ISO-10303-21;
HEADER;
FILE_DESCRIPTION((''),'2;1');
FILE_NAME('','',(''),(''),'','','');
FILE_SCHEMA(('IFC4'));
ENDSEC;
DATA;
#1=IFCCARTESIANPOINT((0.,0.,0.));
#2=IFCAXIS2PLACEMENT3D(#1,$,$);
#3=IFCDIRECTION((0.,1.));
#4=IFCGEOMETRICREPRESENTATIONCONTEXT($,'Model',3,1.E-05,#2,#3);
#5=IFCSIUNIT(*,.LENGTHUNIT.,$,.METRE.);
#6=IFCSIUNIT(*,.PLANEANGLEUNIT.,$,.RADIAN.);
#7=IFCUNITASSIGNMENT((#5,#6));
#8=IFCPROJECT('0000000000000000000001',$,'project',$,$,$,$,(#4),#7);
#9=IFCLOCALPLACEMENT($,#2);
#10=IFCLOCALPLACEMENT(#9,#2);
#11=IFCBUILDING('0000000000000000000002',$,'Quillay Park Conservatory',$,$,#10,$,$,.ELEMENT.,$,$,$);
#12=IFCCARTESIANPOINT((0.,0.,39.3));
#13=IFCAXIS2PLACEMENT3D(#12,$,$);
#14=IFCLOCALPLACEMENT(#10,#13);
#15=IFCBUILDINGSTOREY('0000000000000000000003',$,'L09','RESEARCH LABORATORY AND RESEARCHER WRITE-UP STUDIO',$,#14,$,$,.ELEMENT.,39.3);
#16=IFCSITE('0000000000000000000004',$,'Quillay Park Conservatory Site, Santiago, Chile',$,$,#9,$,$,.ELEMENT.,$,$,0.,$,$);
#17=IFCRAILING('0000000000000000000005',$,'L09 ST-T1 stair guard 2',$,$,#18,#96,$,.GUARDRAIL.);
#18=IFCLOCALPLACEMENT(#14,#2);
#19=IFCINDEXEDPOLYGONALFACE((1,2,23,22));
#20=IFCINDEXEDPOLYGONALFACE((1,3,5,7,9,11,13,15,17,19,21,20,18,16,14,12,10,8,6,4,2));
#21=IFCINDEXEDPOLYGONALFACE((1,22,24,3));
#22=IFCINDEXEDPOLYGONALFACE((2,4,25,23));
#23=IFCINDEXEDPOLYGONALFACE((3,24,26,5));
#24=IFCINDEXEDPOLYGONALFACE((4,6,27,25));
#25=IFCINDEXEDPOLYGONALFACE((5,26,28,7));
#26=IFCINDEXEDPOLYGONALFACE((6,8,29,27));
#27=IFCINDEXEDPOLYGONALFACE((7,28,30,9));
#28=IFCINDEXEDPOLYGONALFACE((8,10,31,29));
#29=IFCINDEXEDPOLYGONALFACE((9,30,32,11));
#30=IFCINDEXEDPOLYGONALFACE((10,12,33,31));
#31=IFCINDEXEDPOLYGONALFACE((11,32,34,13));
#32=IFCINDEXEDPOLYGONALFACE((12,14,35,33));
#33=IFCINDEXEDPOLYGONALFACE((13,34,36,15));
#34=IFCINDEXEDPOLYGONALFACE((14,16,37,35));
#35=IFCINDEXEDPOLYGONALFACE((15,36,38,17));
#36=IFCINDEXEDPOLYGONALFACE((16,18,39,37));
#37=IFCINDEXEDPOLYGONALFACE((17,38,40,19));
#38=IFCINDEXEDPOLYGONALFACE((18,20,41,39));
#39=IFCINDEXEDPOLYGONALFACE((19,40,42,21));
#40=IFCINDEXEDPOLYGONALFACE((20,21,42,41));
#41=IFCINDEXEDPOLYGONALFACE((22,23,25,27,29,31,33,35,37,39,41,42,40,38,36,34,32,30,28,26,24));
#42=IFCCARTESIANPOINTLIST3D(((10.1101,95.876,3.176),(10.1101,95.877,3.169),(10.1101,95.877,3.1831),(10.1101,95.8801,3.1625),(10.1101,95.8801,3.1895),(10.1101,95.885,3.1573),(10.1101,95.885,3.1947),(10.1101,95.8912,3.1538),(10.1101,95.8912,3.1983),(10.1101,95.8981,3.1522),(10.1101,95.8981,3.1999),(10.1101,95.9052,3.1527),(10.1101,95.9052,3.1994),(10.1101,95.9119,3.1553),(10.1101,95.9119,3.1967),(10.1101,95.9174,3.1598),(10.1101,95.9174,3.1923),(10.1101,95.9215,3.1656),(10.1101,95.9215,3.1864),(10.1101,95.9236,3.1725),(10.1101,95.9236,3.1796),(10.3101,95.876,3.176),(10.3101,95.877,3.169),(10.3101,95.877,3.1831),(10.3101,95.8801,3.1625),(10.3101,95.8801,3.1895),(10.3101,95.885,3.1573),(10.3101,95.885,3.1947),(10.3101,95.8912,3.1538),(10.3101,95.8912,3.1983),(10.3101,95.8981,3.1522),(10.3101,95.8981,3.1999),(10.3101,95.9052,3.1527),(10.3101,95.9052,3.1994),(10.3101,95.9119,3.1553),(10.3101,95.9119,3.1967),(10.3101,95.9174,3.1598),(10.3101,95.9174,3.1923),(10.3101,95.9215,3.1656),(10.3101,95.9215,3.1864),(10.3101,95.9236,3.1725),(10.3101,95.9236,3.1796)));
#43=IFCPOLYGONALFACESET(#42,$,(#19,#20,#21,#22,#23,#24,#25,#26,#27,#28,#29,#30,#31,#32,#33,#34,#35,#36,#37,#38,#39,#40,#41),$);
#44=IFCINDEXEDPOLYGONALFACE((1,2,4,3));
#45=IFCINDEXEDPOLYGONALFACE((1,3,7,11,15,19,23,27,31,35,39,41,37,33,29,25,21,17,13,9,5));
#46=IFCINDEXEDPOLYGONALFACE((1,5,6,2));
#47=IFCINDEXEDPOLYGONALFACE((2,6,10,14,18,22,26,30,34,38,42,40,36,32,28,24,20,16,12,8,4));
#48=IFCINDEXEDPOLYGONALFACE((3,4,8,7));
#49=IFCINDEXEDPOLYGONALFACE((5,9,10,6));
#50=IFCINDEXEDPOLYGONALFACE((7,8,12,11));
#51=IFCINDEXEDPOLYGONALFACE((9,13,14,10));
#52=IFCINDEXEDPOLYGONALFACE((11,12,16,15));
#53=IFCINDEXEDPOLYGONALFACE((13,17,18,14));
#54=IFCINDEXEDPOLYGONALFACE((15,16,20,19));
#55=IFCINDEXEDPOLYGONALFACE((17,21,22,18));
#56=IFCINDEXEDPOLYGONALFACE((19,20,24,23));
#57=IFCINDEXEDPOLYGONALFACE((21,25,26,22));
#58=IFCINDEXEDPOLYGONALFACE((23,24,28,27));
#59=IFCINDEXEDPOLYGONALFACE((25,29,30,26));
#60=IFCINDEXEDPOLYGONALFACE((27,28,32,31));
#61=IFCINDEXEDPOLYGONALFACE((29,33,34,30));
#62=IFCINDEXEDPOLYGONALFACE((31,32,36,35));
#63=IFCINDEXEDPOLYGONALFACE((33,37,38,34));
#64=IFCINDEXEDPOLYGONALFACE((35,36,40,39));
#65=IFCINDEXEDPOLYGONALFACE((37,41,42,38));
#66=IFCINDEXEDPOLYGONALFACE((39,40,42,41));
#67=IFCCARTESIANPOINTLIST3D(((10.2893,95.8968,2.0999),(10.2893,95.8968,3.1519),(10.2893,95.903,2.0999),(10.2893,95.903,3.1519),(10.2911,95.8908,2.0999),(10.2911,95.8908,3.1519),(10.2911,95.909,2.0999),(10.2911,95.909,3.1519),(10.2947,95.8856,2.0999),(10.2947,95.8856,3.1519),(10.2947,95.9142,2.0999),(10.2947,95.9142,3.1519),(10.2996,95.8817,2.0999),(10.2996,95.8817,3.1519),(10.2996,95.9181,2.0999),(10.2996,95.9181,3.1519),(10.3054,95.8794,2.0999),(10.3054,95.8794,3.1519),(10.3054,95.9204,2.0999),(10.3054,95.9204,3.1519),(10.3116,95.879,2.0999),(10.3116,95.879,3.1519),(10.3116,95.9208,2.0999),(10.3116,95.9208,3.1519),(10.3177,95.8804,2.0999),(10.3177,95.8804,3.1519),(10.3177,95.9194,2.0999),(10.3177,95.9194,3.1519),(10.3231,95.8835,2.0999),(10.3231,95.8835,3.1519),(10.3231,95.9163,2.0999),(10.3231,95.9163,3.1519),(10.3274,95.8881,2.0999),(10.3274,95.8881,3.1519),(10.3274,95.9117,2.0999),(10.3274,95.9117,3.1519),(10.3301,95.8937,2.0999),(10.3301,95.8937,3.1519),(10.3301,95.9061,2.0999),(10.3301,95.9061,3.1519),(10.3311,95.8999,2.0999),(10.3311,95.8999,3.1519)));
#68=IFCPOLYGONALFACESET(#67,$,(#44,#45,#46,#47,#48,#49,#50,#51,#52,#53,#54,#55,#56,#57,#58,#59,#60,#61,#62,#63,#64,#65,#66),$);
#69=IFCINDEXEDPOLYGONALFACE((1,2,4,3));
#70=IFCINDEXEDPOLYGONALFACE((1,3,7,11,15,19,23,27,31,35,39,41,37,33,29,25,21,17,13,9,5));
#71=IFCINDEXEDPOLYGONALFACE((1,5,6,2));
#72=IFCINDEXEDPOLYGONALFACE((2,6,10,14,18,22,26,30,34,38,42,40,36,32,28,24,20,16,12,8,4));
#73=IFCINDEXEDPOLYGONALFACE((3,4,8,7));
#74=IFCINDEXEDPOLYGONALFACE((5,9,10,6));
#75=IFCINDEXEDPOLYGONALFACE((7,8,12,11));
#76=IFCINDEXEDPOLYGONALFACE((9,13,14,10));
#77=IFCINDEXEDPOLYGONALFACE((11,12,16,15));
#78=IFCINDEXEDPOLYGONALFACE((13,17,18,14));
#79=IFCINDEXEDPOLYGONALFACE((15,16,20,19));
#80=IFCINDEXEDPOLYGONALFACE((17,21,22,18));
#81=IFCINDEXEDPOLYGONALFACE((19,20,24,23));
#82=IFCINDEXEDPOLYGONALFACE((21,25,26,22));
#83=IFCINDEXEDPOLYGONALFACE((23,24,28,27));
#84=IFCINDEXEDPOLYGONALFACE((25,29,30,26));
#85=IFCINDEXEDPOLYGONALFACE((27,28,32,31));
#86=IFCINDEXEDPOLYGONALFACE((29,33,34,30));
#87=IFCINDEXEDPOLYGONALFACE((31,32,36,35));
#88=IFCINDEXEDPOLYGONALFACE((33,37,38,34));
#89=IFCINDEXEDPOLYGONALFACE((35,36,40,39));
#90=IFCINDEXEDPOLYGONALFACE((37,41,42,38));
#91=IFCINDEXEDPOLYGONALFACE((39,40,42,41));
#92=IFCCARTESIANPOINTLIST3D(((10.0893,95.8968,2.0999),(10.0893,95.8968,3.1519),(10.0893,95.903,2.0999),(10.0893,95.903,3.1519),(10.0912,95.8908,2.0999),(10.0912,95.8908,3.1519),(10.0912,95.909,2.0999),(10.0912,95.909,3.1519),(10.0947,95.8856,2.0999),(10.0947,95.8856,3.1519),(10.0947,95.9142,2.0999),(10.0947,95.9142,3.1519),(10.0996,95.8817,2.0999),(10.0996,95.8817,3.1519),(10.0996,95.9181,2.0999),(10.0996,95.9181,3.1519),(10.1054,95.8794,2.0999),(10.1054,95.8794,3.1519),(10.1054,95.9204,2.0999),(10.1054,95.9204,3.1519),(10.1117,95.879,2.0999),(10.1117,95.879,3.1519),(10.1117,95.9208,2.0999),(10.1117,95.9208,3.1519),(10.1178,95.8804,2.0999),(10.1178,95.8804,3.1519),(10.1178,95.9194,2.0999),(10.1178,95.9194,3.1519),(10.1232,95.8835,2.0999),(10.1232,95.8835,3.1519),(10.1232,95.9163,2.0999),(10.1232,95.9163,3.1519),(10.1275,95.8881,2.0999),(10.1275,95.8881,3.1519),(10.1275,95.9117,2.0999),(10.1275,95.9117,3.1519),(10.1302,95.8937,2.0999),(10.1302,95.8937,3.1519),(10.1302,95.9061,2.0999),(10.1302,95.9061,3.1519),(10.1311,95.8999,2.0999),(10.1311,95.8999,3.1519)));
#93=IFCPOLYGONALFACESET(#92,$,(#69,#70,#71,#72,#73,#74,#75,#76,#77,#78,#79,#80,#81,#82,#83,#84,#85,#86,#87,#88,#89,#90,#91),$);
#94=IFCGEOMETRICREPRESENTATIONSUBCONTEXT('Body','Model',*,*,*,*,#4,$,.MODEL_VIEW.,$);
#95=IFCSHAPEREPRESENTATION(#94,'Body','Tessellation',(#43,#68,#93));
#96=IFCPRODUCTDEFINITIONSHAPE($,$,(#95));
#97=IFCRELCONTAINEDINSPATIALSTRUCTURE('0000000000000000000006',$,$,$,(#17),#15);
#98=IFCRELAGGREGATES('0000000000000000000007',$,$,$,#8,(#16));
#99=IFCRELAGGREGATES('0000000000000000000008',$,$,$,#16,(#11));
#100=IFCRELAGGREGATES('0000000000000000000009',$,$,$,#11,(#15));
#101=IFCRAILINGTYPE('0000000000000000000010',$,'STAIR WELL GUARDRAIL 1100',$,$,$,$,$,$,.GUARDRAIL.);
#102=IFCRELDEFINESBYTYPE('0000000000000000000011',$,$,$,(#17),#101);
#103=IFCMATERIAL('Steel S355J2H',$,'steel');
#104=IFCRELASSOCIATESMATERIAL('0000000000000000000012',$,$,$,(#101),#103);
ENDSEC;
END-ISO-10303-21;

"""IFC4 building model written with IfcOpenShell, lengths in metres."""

from ifc_helpers import new_model, si_unit, direction, frame, origin, origin_2d, place, context, subcontext, project, spatial, circle, extrude, material, type_object, element, save


model = new_model("IFC4")

# Units and contexts
model_context = context("Model", 3, precision=1e-05, world=origin(), true_north=direction((0.0, 1.0)))
body_context = subcontext(model_context, "Body", "Model", "MODEL_VIEW")
ifc_project = project(units=[si_unit("LENGTHUNIT", "METRE"), si_unit("PLANEANGLEUNIT", "RADIAN")], contexts=[model_context])

# Site, building, storey
site_placement = place(None, origin())
site = spatial("IfcSite", under=ifc_project, at=site_placement, Name="Quillay Park Conservatory Site, Santiago, Chile", CompositionType="ELEMENT", RefElevation=0.0)
building_placement = place(site_placement, origin())
building = spatial("IfcBuilding", under=site, at=building_placement, Name="Quillay Park Conservatory", CompositionType="ELEMENT")
storey_placement = place(building_placement, frame((0.0, 0.0, 39.3)))
storey = spatial("IfcBuildingStorey", under=building, at=storey_placement, Name="L09", Description="RESEARCH LABORATORY AND RESEARCHER WRITE-UP STUDIO", CompositionType="ELEMENT", Elevation=39.3)

# Railing
ifc_material_1 = material(Name="Steel S355J2H", Category="steel")
railing_type_1 = type_object("IfcRailingType", Name="STAIR WELL GUARDRAIL 1100", PredefinedType="GUARDRAIL", material=ifc_material_1)
railing_1_placement = place(storey_placement, frame((10.3101, 95.8999, 2.0999)))
element("IfcRailing", 1, at=railing_1_placement, inside=storey, type_object=railing_type_1, Name="L09 ST-T1 stair guard 2", PredefinedType="GUARDRAIL", context=body_context, shape_type="SweptSolid", body=[
    extrude(circle(Radius=0.0239, at=origin_2d()), frame((0.0, 0.0, 1.0762), z_axis=(-1.0, 0.0, 0.0), x_axis=(0.0, -1.0, 0.0)), (0.0, 0.0, 1.0), 0.2),
    extrude(circle(Radius=0.021, at=origin_2d()), origin(), (0.0, 0.0, 1.0), 1.052),
    extrude(circle(Radius=0.021, at=origin_2d()), frame((-0.2, 0.0, 0.0)), (0.0, 0.0, 1.0), 1.052),
])

save(model, "model.ifc")
